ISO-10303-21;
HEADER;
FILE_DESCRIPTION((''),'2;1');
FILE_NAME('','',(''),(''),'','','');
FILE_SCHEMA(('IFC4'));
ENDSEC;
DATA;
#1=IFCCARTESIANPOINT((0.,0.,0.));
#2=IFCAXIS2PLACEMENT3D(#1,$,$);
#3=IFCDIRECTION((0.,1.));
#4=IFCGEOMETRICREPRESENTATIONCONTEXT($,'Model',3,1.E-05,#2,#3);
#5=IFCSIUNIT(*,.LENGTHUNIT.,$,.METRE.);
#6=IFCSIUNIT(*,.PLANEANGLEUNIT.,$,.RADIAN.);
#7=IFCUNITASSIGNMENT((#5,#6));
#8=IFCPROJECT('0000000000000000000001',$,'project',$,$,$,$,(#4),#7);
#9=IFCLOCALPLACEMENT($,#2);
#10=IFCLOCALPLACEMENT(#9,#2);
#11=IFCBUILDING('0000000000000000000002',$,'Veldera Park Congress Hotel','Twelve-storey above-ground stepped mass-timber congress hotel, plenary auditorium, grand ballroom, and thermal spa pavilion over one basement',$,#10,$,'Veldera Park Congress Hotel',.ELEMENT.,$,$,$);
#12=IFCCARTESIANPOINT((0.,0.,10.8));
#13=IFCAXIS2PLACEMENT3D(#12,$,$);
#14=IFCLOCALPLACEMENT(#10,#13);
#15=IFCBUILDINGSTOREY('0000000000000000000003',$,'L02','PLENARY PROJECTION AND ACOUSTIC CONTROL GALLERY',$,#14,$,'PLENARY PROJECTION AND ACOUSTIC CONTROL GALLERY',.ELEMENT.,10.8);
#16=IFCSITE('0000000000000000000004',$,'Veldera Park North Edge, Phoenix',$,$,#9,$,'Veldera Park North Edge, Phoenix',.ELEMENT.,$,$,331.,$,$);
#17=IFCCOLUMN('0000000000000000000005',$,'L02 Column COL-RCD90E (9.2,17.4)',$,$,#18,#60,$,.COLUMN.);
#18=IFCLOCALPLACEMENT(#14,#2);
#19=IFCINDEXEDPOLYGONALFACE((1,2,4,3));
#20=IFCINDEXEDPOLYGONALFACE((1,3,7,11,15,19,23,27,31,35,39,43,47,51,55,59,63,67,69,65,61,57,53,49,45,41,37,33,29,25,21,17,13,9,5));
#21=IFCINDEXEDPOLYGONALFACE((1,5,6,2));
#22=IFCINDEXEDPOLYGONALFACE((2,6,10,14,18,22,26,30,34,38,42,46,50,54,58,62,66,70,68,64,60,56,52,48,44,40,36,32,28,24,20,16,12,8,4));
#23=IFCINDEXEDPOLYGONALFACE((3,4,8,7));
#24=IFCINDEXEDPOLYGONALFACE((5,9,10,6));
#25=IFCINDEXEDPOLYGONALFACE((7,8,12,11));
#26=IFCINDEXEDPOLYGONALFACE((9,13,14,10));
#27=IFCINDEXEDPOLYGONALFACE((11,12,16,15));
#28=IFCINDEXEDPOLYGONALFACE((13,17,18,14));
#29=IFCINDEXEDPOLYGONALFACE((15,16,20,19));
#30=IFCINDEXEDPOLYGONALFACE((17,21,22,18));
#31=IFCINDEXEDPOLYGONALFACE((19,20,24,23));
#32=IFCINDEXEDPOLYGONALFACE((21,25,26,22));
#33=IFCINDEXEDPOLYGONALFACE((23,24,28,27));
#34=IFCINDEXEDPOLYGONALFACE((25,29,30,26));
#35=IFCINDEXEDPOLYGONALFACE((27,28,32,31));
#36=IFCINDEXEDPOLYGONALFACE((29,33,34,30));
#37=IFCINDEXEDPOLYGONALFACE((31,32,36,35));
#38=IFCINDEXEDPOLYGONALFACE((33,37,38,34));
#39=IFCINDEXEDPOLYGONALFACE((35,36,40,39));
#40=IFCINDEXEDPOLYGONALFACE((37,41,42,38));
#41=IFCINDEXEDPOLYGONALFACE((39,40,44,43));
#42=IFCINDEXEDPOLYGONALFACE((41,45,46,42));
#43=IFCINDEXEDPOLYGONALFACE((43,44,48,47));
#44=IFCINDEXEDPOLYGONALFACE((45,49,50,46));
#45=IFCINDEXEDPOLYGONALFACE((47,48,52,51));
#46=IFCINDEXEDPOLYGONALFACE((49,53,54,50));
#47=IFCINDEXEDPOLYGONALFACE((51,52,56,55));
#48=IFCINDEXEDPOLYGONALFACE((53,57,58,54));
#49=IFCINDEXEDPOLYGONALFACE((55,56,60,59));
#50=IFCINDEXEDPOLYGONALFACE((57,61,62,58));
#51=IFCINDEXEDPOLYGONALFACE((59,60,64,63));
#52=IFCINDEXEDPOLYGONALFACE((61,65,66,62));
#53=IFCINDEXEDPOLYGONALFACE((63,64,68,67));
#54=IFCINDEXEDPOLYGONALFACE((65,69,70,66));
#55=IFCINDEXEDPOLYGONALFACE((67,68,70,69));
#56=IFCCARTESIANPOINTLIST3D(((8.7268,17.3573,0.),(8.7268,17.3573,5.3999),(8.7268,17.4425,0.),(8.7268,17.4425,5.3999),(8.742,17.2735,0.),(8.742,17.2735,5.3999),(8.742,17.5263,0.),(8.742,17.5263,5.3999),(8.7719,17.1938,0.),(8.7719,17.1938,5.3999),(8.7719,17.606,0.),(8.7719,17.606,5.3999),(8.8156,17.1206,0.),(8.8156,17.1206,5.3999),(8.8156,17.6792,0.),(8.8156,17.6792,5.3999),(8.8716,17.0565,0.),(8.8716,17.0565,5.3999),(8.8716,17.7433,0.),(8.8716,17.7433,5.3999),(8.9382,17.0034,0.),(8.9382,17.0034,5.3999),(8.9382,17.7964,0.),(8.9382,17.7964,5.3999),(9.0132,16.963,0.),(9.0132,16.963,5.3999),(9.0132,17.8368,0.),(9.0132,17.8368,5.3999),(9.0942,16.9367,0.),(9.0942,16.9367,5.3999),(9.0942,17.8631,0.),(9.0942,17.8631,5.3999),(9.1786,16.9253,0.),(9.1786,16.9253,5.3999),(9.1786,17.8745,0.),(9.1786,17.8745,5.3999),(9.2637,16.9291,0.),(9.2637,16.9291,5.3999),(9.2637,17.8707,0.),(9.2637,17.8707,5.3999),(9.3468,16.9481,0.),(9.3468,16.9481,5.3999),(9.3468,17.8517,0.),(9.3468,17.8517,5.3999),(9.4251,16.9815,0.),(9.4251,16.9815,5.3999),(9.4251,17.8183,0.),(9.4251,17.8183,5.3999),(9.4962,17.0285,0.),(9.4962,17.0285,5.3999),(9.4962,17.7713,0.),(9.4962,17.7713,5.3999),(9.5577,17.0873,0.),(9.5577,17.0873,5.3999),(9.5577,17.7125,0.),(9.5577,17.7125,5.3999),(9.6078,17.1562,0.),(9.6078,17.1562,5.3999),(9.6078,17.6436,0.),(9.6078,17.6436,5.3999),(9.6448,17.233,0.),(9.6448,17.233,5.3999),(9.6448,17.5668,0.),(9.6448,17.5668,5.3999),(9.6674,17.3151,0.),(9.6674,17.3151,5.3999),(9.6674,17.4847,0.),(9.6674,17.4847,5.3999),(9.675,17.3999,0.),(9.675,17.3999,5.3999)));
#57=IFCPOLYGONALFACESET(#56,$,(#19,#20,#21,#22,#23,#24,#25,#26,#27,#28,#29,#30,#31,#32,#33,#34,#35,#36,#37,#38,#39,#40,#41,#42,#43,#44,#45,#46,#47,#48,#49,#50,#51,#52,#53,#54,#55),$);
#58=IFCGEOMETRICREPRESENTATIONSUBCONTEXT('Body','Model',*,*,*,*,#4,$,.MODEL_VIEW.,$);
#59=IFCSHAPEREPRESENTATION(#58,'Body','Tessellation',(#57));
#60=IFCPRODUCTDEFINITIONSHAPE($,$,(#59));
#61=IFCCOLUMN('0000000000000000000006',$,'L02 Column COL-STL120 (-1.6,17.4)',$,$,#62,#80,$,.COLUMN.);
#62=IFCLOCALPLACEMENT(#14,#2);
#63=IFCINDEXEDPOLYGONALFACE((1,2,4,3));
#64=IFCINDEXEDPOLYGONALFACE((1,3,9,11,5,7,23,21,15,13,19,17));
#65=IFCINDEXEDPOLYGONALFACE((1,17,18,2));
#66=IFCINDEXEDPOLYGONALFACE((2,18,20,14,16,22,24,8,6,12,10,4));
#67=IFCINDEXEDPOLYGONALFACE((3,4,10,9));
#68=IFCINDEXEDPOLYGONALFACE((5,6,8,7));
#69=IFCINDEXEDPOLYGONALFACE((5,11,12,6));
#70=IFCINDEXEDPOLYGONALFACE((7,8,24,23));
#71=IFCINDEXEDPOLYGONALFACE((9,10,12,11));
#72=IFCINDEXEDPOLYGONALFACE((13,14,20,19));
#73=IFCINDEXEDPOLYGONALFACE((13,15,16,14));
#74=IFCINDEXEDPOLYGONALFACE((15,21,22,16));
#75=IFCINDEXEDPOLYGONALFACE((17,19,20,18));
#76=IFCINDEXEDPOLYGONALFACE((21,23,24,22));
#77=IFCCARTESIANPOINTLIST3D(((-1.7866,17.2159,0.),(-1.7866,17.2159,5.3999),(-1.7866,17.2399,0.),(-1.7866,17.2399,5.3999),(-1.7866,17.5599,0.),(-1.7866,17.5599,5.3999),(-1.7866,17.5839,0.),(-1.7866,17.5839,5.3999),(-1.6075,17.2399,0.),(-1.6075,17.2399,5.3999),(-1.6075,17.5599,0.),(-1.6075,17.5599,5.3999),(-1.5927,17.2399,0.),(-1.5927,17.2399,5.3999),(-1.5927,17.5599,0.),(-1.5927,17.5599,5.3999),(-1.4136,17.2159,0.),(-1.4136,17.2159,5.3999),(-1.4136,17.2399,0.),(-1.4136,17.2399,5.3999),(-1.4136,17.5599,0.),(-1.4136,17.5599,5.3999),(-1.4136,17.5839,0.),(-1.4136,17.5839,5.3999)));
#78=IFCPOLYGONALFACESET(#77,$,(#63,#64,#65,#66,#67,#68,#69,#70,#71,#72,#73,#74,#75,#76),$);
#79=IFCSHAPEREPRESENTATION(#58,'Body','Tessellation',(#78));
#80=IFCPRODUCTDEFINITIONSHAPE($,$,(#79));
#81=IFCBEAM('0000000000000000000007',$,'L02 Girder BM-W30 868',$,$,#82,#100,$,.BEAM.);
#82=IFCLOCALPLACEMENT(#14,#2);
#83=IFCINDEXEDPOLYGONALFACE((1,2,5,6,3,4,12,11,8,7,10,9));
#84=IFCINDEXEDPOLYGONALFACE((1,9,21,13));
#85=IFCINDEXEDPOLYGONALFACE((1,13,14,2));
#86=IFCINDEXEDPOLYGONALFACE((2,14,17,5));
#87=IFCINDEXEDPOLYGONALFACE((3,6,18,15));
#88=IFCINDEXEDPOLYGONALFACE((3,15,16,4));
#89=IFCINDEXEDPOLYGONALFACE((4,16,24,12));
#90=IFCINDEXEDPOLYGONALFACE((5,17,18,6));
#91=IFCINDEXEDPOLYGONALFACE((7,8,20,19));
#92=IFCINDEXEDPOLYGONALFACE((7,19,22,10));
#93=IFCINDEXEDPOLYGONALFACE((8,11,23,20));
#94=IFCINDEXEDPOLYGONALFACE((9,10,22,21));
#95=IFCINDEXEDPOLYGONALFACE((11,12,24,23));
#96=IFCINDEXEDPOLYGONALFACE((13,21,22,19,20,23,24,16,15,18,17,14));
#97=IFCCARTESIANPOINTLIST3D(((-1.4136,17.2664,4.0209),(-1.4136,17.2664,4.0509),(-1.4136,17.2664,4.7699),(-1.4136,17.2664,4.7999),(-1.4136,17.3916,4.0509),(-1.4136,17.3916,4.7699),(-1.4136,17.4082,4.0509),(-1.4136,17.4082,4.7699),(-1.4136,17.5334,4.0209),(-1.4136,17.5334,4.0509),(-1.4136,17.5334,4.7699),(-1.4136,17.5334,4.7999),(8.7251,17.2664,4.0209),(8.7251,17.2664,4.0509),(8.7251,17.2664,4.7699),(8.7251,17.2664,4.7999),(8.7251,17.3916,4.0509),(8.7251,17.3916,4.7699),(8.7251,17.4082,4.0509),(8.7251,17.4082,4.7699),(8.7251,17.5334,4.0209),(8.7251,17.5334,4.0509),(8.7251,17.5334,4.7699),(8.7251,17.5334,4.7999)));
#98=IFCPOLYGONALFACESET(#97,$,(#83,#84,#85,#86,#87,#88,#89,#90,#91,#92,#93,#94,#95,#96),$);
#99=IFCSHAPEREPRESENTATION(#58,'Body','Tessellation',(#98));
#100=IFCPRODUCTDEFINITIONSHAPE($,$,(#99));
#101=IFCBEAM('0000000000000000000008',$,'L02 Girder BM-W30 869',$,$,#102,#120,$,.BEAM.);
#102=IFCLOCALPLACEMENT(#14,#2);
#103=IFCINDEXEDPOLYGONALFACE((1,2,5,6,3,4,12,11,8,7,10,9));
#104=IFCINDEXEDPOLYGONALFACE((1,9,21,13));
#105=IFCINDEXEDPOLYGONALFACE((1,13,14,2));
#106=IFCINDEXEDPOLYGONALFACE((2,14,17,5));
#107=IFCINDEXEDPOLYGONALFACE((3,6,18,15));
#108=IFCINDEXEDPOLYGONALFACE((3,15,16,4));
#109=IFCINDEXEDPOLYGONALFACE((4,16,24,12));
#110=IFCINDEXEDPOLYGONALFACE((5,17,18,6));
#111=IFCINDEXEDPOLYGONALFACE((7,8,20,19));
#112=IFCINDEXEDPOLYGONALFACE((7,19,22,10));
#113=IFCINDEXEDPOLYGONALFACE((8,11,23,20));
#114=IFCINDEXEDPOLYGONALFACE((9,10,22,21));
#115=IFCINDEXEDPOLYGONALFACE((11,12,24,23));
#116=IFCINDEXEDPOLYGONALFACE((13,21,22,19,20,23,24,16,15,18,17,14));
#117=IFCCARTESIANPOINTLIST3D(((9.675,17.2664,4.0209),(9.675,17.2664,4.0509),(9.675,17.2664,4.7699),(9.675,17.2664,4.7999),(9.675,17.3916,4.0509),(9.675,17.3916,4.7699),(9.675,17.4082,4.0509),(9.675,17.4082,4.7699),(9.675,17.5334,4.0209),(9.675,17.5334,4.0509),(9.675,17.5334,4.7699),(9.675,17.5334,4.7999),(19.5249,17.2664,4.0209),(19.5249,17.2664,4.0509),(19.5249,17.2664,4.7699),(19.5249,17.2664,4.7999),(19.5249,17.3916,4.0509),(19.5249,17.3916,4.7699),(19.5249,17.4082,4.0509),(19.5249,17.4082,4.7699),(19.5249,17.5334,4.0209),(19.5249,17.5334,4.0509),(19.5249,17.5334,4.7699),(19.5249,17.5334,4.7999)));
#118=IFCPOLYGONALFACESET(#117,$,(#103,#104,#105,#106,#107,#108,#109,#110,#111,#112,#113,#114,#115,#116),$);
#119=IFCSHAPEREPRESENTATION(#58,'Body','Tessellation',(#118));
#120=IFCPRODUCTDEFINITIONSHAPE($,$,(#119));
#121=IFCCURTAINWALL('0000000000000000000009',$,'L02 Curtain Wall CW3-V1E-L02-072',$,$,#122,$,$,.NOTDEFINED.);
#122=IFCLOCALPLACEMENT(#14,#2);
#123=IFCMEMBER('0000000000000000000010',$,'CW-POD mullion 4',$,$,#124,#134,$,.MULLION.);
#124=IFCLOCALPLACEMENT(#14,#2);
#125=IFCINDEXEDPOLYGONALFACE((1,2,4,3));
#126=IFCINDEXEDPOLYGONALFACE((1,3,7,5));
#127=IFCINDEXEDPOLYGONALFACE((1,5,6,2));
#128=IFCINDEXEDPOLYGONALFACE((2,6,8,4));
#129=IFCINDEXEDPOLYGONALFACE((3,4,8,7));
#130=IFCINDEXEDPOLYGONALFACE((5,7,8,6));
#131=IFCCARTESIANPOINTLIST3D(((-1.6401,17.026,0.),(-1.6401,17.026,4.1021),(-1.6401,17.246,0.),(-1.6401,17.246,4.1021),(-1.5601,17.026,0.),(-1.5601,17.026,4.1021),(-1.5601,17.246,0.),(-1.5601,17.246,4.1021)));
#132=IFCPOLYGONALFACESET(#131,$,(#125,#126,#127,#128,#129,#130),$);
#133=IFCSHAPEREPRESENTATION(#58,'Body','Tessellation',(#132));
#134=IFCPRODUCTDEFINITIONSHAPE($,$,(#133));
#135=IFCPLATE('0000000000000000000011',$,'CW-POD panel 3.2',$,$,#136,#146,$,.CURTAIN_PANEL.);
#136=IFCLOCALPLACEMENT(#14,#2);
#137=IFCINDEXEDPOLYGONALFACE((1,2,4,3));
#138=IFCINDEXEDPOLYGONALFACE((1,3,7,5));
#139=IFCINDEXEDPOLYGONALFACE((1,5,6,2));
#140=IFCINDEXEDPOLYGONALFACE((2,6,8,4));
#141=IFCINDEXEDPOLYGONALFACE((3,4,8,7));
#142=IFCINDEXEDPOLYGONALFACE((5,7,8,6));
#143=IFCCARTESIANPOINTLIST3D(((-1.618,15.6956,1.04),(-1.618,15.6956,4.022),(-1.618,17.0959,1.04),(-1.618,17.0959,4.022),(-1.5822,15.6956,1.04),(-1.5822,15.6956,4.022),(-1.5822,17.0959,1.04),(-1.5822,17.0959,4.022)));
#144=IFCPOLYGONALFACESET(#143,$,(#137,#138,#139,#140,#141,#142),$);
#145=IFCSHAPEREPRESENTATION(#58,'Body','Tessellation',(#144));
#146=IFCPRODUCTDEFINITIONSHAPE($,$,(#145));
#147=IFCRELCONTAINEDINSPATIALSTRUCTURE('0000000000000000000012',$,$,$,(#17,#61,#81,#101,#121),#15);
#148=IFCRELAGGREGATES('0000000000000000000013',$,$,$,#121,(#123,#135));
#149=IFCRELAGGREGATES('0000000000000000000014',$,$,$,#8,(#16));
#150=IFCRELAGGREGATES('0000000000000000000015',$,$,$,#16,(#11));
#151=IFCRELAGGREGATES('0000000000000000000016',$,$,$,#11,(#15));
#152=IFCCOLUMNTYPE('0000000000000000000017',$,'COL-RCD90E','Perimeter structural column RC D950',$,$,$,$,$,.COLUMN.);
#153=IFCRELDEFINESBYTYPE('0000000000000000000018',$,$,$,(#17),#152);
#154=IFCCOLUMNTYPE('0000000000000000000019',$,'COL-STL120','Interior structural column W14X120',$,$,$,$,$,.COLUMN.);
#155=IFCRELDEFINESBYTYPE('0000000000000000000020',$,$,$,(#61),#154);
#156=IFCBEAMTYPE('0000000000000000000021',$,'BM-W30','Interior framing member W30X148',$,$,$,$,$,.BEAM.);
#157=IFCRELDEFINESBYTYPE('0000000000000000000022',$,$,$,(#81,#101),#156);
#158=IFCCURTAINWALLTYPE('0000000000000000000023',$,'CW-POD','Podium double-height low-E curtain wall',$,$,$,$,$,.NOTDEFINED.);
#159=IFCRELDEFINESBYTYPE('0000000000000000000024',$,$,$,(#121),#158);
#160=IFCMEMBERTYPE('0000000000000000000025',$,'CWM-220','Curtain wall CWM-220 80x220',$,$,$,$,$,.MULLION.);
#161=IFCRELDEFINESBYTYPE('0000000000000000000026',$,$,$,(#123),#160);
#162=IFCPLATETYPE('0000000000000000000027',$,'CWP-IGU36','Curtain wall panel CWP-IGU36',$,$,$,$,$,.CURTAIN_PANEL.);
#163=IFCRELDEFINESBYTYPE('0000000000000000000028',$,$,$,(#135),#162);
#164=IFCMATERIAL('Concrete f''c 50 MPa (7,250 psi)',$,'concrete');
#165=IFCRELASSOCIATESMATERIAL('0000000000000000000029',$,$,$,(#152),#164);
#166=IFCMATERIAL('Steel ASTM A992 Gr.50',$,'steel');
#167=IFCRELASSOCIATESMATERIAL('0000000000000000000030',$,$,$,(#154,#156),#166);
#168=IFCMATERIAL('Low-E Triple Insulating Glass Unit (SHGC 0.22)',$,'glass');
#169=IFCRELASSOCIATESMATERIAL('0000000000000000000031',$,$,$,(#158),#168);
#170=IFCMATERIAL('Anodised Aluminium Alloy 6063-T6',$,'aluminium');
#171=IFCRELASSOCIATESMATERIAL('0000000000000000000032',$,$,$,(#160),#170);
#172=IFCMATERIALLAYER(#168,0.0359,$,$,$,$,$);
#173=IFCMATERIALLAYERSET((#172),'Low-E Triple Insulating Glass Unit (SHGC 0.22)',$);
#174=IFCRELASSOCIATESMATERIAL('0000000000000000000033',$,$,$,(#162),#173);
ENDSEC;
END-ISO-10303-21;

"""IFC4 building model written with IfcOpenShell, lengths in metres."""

from ifc_helpers import new_model, si_unit, direction, frame, origin, origin_2d, place, context, subcontext, project, spatial, rectangle, circle, i_section, extrude, material, layer, layer_set, material_profile, profile_set, type_object, element, aggregate, save


model = new_model("IFC4")

# Units and contexts
model_context = context("Model", 3, precision=1e-05, world=origin(), true_north=direction((0.0, 1.0)))
body_context = subcontext(model_context, "Body", "Model", "MODEL_VIEW")
ifc_project = project(units=[si_unit("LENGTHUNIT", "METRE"), si_unit("PLANEANGLEUNIT", "RADIAN")], contexts=[model_context])

# Site, building, storey
site_placement = place(None, origin())
site = spatial("IfcSite", under=ifc_project, at=site_placement, Name="Veldera Park North Edge, Phoenix", LongName="Veldera Park North Edge, Phoenix", CompositionType="ELEMENT", RefElevation=331.0)
building_placement = place(site_placement, origin())
building = spatial("IfcBuilding", under=site, at=building_placement, Name="Veldera Park Congress Hotel", Description="Twelve-storey above-ground stepped mass-timber congress hotel, plenary auditorium, grand ballroom, and thermal spa pavilion over one basement", LongName="Veldera Park Congress Hotel", CompositionType="ELEMENT")
storey_placement = place(building_placement, frame((0.0, 0.0, 10.8)))
storey = spatial("IfcBuildingStorey", under=building, at=storey_placement, Name="L02", Description="PLENARY PROJECTION AND ACOUSTIC CONTROL GALLERY", LongName="PLENARY PROJECTION AND ACOUSTIC CONTROL GALLERY", CompositionType="ELEMENT", Elevation=10.8)

# Columns
ifc_material_1 = material(Name="Concrete f'c 50 MPa (7,250 psi)", Category="concrete")
ifc_material_profile_1 = material_profile(ifc_material_1, circle(Radius=0.4751, at=origin_2d()), Name="RC D950")
ifc_profile_set_1 = profile_set([ifc_material_profile_1], Name="Concrete f'c 50 MPa (7,250 psi)")
column_type_1 = type_object("IfcColumnType", Name="COL-RCD90E", Description="Perimeter structural column RC D950", PredefinedType="COLUMN", material=ifc_profile_set_1)
column_1_placement = place(storey_placement, frame((9.2, 17.3999, 0.0), z_axis=(0.0, 0.0, 1.0), x_axis=(1.0, 0.0, 0.0)))
element("IfcColumn", 1, at=column_1_placement, inside=storey, type_object=column_type_1, Name="L02 Column COL-RCD90E (9.2,17.4)", PredefinedType="COLUMN", context=body_context, shape_type="SweptSolid", body=[
    extrude(circle(Radius=0.4751, at=origin_2d()), origin(), (0.0, 0.0, 1.0), 5.3999),
])
ifc_material_2 = material(Name="Steel ASTM A992 Gr.50", Category="steel")
ifc_material_profile_2 = material_profile(ifc_material_2, i_section(OverallWidth=0.373, OverallDepth=0.3679, WebThickness=0.0149, FlangeThickness=0.0239, at=origin_2d()), Name="W14X120")
ifc_profile_set_2 = profile_set([ifc_material_profile_2], Name="Steel ASTM A992 Gr.50")
column_type_2 = type_object("IfcColumnType", Name="COL-STL120", Description="Interior structural column W14X120", PredefinedType="COLUMN", material=ifc_profile_set_2)
column_2_placement = place(storey_placement, frame((-1.6001, 17.3999, 0.0), z_axis=(0.0, 0.0, 1.0), x_axis=(1.0, 0.0, 0.0)))
element("IfcColumn", 2, at=column_2_placement, inside=storey, type_object=column_type_2, Name="L02 Column COL-STL120 (-1.6,17.4)", PredefinedType="COLUMN", context=body_context, shape_type="SweptSolid", body=[
    extrude(i_section(OverallWidth=0.373, OverallDepth=0.3679, WebThickness=0.0149, FlangeThickness=0.0239, at=origin_2d()), origin(), (0.0, 0.0, 1.0), 5.3999),
])

# Beams
ifc_material_profile_3 = material_profile(ifc_material_2, i_section(OverallWidth=0.2671, OverallDepth=0.7791, WebThickness=0.0166, FlangeThickness=0.03, at=origin_2d()), Name="W30X148")
ifc_profile_set_3 = profile_set([ifc_material_profile_3], Name="Steel ASTM A992 Gr.50")
beam_type = type_object("IfcBeamType", Name="BM-W30", Description="Interior framing member W30X148", PredefinedType="BEAM", material=ifc_profile_set_3)
beam_1_placement = place(storey_placement, frame((-1.4136, 17.3999, 4.4104), z_axis=(1.0, 0.0, 0.0), x_axis=(0.0, 1.0, 0.0)))
element("IfcBeam", 3, at=beam_1_placement, inside=storey, type_object=beam_type, Name="L02 Girder BM-W30 868", PredefinedType="BEAM", context=body_context, shape_type="SweptSolid", body=[
    extrude(i_section(OverallWidth=0.2671, OverallDepth=0.7791, WebThickness=0.0166, FlangeThickness=0.03, at=origin_2d()), origin(), (0.0, 0.0, 1.0), 10.1387),
])
beam_2_placement = place(storey_placement, frame((9.675, 17.3999, 4.4104), z_axis=(1.0, 0.0, 0.0), x_axis=(0.0, 1.0, 0.0)))
element("IfcBeam", 4, at=beam_2_placement, inside=storey, type_object=beam_type, Name="L02 Girder BM-W30 869", PredefinedType="BEAM", context=body_context, shape_type="SweptSolid", body=[
    extrude(i_section(OverallWidth=0.2671, OverallDepth=0.7791, WebThickness=0.0166, FlangeThickness=0.03, at=origin_2d()), origin(), (0.0, 0.0, 1.0), 9.8499),
])

# Curtain wall, member, plate
ifc_material_3 = material(Name="Low-E Triple Insulating Glass Unit (SHGC 0.22)", Category="glass")
curtain_wall_type = type_object("IfcCurtainWallType", Name="CW-POD", Description="Podium double-height low-E curtain wall", PredefinedType="NOTDEFINED", material=ifc_material_3)
curtain_wall_placement = place(storey_placement, origin())
curtain_wall = element("IfcCurtainWall", 5, at=curtain_wall_placement, inside=storey, type_object=curtain_wall_type, Name="L02 Curtain Wall CW3-V1E-L02-072", PredefinedType="NOTDEFINED")
ifc_material_4 = material(Name="Anodised Aluminium Alloy 6063-T6", Category="aluminium")
ifc_material_profile_4 = material_profile(ifc_material_4, rectangle(XDim=0.0801, YDim=0.22, at=origin_2d()), Name="ALU 80x220")
ifc_profile_set_4 = profile_set([ifc_material_profile_4], Name="Anodised Aluminium Alloy 6063-T6")
member_type = type_object("IfcMemberType", Name="CWM-220", Description="Curtain wall CWM-220 80x220", PredefinedType="MULLION", material=ifc_profile_set_4)
member_placement = place(storey_placement, frame((-1.6001, 17.136, 0.0), z_axis=(0.0, 0.0, 1.0), x_axis=(-1.0, 0.0, 0.0)))
member = element("IfcMember", 6, at=member_placement, type_object=member_type, Name="CW-POD mullion 4", PredefinedType="MULLION", context=body_context, shape_type="SweptSolid", body=[
    extrude(rectangle(XDim=0.0801, YDim=0.22, at=origin_2d()), origin(), (0.0, 0.0, 1.0), 4.1021),
])
ifc_layer_1 = layer(ifc_material_3, 0.0359)
ifc_layer_set_1 = layer_set([ifc_layer_1], Name="Low-E Triple Insulating Glass Unit (SHGC 0.22)")
plate_type = type_object("IfcPlateType", Name="CWP-IGU36", Description="Curtain wall panel CWP-IGU36", PredefinedType="CURTAIN_PANEL", material=ifc_layer_set_1)
plate_placement = place(storey_placement, frame((-1.6001, 16.3958, 1.04), z_axis=(0.0, 0.0, 1.0), x_axis=(0.0, 1.0, 0.0)))
plate = element("IfcPlate", 7, at=plate_placement, type_object=plate_type, Name="CW-POD panel 3.2", PredefinedType="CURTAIN_PANEL", context=body_context, shape_type="SweptSolid", body=[
    extrude(rectangle(XDim=1.4004, YDim=0.0359, at=origin_2d()), origin(), (0.0, 0.0, 1.0), 2.9819),
])
aggregate(curtain_wall, [member, plate])

save(model, "model.ifc")
